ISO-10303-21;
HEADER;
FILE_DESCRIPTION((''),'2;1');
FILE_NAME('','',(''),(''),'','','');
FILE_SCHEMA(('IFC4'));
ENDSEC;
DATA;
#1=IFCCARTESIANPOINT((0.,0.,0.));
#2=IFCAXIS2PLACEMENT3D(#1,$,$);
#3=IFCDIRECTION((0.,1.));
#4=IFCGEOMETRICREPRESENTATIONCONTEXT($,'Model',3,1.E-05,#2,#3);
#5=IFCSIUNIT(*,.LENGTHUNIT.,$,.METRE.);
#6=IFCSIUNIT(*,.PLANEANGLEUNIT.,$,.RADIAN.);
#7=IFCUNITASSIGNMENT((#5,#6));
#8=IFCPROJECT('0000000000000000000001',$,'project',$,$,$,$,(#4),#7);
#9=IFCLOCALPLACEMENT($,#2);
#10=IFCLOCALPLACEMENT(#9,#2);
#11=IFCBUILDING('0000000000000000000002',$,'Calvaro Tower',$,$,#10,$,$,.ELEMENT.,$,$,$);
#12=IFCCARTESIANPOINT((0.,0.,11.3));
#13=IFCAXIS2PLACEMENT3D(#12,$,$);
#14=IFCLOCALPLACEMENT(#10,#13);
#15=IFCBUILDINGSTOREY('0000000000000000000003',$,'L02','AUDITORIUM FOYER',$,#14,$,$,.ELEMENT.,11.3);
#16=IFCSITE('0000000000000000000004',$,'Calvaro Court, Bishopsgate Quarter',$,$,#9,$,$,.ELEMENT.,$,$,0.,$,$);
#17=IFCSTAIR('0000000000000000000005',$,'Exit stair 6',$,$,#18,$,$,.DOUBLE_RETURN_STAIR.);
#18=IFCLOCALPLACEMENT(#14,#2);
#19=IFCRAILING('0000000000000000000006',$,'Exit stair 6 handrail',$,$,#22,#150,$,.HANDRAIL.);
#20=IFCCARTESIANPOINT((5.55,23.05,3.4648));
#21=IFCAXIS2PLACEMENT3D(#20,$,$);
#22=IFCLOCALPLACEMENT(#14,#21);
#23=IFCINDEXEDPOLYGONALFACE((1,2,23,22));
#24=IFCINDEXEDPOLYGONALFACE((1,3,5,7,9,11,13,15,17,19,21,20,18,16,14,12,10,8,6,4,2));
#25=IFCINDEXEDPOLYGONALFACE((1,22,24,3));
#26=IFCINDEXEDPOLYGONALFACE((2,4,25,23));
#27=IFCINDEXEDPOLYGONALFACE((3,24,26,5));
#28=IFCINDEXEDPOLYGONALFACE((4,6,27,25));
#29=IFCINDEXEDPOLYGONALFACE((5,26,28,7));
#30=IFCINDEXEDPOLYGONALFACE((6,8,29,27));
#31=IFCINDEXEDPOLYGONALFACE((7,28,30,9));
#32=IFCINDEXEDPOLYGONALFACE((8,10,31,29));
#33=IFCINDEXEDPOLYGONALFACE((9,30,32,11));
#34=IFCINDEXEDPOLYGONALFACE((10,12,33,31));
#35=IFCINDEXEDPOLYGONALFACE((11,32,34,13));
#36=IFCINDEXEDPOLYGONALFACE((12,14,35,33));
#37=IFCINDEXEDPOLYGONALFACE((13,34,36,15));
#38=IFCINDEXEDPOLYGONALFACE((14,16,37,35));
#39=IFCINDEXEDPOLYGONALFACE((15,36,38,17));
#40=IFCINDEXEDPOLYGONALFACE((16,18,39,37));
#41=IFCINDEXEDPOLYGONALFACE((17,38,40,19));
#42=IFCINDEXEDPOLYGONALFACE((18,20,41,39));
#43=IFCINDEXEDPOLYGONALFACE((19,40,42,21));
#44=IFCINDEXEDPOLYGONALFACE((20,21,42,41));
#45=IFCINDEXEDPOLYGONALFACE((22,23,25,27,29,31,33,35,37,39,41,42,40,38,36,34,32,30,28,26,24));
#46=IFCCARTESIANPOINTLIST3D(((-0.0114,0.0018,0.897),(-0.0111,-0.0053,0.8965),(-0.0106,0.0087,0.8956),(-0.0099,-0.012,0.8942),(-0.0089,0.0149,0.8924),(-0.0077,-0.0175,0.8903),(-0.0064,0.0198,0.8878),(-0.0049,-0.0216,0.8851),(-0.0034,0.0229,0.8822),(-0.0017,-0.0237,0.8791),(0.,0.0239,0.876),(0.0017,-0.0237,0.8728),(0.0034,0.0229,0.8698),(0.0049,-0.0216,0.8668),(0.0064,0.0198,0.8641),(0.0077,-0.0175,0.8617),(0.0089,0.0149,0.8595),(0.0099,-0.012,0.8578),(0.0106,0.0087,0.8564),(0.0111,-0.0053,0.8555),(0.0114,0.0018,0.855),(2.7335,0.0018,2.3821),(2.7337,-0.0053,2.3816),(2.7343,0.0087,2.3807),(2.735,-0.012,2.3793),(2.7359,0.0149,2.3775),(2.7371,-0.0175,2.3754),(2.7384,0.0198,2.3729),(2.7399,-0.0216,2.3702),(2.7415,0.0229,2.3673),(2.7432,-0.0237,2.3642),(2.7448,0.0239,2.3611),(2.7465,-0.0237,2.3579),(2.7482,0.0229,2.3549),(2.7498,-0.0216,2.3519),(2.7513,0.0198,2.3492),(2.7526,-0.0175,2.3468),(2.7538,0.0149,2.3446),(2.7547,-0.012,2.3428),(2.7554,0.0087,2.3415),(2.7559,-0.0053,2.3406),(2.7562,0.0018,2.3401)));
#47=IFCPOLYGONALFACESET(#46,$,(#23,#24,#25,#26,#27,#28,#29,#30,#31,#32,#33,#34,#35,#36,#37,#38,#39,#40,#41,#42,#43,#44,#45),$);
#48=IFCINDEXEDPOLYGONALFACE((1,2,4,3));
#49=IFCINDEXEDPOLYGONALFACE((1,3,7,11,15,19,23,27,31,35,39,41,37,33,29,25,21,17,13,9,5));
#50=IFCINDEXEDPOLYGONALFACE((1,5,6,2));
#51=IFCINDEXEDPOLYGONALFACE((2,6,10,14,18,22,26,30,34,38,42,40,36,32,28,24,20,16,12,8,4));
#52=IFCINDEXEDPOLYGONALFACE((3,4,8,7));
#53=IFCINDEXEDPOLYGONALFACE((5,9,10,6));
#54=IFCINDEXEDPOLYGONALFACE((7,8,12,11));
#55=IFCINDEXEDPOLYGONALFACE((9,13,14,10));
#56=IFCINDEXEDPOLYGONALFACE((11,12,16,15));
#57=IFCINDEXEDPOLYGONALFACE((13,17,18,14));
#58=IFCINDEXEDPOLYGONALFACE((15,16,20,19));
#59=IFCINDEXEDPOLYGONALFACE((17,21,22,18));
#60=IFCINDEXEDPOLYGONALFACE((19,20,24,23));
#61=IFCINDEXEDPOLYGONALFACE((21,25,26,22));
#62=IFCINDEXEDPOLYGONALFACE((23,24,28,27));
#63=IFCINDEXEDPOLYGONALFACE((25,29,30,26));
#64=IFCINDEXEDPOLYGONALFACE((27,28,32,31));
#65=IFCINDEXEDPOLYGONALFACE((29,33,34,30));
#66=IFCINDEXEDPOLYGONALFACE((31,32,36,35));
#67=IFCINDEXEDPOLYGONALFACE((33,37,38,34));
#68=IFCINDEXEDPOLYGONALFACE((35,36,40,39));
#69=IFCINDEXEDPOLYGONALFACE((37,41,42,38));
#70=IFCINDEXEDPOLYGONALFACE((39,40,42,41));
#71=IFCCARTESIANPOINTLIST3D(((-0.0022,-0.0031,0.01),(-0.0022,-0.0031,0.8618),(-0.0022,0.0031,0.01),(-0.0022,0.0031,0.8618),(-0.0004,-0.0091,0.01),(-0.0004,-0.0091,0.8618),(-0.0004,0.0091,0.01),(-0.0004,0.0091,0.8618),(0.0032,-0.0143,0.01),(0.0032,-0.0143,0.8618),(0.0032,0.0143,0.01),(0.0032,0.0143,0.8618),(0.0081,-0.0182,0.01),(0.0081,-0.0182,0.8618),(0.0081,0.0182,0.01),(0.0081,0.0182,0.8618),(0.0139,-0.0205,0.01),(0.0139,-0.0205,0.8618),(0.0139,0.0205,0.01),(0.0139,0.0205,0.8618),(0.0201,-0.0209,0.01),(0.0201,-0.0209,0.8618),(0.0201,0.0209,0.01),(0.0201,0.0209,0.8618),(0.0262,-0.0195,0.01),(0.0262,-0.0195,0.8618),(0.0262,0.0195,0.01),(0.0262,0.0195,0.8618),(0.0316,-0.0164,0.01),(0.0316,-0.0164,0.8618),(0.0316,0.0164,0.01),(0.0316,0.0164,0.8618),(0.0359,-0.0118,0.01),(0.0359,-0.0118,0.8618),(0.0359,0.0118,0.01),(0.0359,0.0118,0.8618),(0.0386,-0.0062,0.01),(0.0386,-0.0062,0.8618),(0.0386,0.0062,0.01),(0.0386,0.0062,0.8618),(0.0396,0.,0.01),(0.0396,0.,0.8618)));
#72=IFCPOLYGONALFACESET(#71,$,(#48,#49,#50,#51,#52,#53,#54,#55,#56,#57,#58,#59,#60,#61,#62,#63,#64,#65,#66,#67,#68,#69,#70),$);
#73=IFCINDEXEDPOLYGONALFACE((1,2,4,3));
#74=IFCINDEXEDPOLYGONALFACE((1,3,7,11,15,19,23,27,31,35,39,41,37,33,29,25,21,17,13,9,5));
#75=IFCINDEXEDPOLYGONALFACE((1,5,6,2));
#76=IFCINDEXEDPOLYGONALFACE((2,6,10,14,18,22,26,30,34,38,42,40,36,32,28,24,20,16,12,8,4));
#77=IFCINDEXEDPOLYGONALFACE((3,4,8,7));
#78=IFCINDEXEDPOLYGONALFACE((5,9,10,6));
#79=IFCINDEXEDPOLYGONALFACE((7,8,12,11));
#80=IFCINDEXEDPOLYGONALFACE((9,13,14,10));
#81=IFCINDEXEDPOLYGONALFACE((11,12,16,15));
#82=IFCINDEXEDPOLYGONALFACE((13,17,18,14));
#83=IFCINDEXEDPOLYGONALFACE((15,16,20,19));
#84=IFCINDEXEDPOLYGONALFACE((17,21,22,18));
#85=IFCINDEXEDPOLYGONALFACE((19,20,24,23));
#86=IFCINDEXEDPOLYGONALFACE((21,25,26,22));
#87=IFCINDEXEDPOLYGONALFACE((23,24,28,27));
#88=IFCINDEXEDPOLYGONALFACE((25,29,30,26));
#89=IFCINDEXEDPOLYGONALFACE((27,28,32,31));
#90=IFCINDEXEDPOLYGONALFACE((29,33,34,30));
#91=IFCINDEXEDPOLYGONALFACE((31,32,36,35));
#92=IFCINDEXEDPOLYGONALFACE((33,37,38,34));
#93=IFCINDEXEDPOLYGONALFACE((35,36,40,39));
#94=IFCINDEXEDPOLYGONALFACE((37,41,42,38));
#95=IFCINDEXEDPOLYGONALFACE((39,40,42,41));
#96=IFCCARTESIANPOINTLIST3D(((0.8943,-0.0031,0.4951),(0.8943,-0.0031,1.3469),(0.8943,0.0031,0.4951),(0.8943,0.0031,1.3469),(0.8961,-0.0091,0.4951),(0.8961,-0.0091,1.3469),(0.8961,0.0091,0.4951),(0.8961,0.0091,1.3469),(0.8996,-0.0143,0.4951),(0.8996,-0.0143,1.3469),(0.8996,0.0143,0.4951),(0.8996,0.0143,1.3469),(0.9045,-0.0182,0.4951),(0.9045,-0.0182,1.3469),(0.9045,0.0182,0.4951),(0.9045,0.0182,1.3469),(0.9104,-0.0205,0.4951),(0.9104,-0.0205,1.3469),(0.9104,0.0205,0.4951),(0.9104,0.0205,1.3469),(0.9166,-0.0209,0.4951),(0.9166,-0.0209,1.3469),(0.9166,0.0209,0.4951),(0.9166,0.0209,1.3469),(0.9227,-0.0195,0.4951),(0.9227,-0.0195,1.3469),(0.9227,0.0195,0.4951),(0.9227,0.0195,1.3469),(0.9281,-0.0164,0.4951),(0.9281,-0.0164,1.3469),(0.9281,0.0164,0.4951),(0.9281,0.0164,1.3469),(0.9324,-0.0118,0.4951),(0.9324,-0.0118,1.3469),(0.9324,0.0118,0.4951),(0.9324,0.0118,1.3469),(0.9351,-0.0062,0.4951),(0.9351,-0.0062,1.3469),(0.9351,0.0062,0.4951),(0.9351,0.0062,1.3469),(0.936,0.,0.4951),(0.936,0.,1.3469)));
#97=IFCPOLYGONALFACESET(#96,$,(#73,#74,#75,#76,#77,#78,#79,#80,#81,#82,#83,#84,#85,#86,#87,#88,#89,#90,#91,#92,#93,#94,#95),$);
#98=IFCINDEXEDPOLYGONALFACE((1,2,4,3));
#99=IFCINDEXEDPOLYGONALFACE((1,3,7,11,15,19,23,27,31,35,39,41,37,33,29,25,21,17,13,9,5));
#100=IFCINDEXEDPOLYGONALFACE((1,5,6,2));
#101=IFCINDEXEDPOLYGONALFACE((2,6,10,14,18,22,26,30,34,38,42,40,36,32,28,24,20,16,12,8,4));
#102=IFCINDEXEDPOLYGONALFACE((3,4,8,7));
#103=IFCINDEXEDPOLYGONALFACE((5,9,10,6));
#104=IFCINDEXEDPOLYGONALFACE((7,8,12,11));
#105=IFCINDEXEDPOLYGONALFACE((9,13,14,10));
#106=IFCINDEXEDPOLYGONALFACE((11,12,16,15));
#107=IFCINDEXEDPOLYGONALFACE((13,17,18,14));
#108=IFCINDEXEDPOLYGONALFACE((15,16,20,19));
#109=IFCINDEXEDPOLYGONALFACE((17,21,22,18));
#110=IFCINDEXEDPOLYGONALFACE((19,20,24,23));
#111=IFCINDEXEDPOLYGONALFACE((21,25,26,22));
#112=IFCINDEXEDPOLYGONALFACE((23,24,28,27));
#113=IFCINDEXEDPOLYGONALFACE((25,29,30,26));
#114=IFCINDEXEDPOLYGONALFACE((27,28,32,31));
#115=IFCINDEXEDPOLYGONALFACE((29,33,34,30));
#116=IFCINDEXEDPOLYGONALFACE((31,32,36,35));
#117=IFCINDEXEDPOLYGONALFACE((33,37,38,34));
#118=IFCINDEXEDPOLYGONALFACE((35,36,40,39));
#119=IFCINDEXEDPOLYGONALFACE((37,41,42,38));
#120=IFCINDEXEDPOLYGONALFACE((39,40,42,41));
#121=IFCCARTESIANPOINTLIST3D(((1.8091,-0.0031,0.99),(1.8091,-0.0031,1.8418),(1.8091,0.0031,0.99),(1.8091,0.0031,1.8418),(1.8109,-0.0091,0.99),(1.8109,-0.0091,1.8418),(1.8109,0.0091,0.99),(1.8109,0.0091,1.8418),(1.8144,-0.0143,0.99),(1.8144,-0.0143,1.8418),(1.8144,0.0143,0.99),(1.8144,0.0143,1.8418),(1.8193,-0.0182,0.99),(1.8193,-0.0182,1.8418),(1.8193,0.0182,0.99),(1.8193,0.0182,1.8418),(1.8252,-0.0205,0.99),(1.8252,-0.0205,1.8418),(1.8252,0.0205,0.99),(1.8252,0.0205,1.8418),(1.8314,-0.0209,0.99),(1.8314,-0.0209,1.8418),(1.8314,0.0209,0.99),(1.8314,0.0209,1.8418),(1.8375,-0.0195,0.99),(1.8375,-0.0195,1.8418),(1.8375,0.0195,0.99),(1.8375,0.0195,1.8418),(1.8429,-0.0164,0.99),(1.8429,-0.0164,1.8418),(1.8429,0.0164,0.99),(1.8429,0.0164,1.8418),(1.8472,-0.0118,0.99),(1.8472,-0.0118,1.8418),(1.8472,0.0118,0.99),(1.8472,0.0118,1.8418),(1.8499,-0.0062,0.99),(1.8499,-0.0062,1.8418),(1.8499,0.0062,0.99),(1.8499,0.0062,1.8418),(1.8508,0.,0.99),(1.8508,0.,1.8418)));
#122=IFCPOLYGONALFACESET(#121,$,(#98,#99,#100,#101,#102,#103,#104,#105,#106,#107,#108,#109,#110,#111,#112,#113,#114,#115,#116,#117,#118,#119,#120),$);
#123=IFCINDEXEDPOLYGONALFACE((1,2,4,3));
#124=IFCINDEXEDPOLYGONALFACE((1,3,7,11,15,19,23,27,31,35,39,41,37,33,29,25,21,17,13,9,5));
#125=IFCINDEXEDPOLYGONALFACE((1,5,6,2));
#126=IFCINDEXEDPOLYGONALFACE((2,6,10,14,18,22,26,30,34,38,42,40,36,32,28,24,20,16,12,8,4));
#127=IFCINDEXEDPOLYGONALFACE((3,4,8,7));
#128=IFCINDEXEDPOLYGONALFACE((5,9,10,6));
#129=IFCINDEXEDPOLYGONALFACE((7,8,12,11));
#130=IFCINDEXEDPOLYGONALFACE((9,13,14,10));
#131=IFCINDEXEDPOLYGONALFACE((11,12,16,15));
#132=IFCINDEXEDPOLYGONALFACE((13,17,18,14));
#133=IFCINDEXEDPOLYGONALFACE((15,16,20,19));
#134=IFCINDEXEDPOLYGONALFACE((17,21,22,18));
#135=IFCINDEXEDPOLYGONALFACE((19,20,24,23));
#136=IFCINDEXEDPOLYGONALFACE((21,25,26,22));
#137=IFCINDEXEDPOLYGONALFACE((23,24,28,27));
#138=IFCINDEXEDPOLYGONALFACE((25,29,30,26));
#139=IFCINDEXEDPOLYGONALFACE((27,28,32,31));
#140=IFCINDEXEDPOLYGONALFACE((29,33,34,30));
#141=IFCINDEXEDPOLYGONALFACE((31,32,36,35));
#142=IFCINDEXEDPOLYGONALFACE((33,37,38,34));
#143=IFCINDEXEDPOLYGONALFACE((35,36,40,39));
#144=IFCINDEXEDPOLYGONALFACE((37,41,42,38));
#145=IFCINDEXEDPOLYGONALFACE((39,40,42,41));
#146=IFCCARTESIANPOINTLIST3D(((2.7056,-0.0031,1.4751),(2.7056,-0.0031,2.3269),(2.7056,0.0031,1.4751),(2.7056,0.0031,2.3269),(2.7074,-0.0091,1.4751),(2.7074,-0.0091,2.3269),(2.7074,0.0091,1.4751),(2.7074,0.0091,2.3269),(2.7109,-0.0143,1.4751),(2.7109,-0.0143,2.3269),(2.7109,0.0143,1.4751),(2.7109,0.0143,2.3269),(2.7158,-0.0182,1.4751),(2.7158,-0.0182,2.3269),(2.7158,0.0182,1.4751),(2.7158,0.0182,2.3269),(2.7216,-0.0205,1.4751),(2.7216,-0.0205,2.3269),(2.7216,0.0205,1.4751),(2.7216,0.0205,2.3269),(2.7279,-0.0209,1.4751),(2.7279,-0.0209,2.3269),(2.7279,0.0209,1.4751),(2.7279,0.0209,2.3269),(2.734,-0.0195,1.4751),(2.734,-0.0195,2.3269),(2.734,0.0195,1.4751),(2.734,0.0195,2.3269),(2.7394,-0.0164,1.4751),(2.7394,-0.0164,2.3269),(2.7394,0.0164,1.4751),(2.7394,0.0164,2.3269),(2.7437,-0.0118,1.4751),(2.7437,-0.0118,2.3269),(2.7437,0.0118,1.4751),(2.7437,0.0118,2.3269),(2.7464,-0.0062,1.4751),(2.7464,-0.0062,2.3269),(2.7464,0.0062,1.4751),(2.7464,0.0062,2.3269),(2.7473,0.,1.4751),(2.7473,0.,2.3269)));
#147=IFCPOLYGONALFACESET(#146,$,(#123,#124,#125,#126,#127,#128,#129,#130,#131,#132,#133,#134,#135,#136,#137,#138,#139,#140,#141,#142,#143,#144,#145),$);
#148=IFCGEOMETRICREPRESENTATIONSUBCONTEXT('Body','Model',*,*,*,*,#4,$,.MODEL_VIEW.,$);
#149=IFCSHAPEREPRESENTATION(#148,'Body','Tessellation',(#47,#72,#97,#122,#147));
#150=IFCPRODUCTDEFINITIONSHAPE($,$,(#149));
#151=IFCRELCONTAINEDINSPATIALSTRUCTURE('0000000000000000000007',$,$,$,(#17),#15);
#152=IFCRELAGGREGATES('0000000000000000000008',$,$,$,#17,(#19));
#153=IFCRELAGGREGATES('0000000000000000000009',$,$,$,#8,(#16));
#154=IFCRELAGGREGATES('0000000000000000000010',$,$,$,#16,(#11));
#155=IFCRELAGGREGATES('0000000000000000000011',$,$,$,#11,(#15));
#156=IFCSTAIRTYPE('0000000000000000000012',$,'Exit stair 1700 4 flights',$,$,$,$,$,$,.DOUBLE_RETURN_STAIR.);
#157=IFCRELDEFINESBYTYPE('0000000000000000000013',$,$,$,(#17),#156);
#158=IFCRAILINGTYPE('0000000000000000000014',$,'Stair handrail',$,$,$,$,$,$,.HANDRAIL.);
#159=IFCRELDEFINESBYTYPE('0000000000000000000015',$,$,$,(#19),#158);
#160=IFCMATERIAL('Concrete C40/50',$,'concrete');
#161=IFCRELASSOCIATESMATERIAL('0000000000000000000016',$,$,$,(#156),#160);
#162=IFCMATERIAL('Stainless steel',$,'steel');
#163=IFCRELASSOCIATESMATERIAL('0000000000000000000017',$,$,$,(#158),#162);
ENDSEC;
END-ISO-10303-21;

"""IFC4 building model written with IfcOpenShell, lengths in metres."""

from ifc_helpers import new_model, si_unit, direction, frame, origin, origin_2d, place, context, subcontext, project, spatial, circle, extrude, material, type_object, element, aggregate, save


model = new_model("IFC4")

# Units and contexts
model_context = context("Model", 3, precision=1e-05, world=origin(), true_north=direction((0.0, 1.0)))
body_context = subcontext(model_context, "Body", "Model", "MODEL_VIEW")
ifc_project = project(units=[si_unit("LENGTHUNIT", "METRE"), si_unit("PLANEANGLEUNIT", "RADIAN")], contexts=[model_context])

# Site, building, storey
site_placement = place(None, origin())
site = spatial("IfcSite", under=ifc_project, at=site_placement, Name="Calvaro Court, Bishopsgate Quarter", CompositionType="ELEMENT", RefElevation=0.0)
building_placement = place(site_placement, origin())
building = spatial("IfcBuilding", under=site, at=building_placement, Name="Calvaro Tower", CompositionType="ELEMENT")
storey_placement = place(building_placement, frame((0.0, 0.0, 11.3)))
storey = spatial("IfcBuildingStorey", under=building, at=storey_placement, Name="L02", Description="AUDITORIUM FOYER", CompositionType="ELEMENT", Elevation=11.3)

# Stair, railing
ifc_material_1 = material(Name="Concrete C40/50", Category="concrete")
stair_type = type_object("IfcStairType", Name="Exit stair 1700 4 flights", PredefinedType="DOUBLE_RETURN_STAIR", material=ifc_material_1)
stair_placement = place(storey_placement, origin())
stair = element("IfcStair", 1, at=stair_placement, inside=storey, type_object=stair_type, Name="Exit stair 6", PredefinedType="DOUBLE_RETURN_STAIR")
ifc_material_2 = material(Name="Stainless steel", Category="steel")
railing_type = type_object("IfcRailingType", Name="Stair handrail", PredefinedType="HANDRAIL", material=ifc_material_2)
railing_placement = place(storey_placement, frame((5.55, 23.05, 3.4648)))
railing = element("IfcRailing", 2, at=railing_placement, type_object=railing_type, Name="Exit stair 6 handrail", PredefinedType="HANDRAIL", context=body_context, shape_type="SweptSolid", body=[
    extrude(circle(Radius=0.0239, at=origin_2d()), frame((0.0, 0.0, 0.876), z_axis=(0.87952, 0.0, 0.475862), x_axis=(0.0, 1.0, 0.0)), (0.0, 0.0, 1.0), 3.1208),
    extrude(circle(Radius=0.021, at=origin_2d()), frame((0.0186, 0.0, 0.01)), (0.0, 0.0, 1.0), 0.8518),
    extrude(circle(Radius=0.021, at=origin_2d()), frame((0.915, 0.0, 0.4951)), (0.0, 0.0, 1.0), 0.8518),
    extrude(circle(Radius=0.021, at=origin_2d()), frame((1.8298, 0.0, 0.99)), (0.0, 0.0, 1.0), 0.8518),
    extrude(circle(Radius=0.021, at=origin_2d()), frame((2.7263, 0.0, 1.4751)), (0.0, 0.0, 1.0), 0.8518),
])
aggregate(stair, [railing])

save(model, "model.ifc")
